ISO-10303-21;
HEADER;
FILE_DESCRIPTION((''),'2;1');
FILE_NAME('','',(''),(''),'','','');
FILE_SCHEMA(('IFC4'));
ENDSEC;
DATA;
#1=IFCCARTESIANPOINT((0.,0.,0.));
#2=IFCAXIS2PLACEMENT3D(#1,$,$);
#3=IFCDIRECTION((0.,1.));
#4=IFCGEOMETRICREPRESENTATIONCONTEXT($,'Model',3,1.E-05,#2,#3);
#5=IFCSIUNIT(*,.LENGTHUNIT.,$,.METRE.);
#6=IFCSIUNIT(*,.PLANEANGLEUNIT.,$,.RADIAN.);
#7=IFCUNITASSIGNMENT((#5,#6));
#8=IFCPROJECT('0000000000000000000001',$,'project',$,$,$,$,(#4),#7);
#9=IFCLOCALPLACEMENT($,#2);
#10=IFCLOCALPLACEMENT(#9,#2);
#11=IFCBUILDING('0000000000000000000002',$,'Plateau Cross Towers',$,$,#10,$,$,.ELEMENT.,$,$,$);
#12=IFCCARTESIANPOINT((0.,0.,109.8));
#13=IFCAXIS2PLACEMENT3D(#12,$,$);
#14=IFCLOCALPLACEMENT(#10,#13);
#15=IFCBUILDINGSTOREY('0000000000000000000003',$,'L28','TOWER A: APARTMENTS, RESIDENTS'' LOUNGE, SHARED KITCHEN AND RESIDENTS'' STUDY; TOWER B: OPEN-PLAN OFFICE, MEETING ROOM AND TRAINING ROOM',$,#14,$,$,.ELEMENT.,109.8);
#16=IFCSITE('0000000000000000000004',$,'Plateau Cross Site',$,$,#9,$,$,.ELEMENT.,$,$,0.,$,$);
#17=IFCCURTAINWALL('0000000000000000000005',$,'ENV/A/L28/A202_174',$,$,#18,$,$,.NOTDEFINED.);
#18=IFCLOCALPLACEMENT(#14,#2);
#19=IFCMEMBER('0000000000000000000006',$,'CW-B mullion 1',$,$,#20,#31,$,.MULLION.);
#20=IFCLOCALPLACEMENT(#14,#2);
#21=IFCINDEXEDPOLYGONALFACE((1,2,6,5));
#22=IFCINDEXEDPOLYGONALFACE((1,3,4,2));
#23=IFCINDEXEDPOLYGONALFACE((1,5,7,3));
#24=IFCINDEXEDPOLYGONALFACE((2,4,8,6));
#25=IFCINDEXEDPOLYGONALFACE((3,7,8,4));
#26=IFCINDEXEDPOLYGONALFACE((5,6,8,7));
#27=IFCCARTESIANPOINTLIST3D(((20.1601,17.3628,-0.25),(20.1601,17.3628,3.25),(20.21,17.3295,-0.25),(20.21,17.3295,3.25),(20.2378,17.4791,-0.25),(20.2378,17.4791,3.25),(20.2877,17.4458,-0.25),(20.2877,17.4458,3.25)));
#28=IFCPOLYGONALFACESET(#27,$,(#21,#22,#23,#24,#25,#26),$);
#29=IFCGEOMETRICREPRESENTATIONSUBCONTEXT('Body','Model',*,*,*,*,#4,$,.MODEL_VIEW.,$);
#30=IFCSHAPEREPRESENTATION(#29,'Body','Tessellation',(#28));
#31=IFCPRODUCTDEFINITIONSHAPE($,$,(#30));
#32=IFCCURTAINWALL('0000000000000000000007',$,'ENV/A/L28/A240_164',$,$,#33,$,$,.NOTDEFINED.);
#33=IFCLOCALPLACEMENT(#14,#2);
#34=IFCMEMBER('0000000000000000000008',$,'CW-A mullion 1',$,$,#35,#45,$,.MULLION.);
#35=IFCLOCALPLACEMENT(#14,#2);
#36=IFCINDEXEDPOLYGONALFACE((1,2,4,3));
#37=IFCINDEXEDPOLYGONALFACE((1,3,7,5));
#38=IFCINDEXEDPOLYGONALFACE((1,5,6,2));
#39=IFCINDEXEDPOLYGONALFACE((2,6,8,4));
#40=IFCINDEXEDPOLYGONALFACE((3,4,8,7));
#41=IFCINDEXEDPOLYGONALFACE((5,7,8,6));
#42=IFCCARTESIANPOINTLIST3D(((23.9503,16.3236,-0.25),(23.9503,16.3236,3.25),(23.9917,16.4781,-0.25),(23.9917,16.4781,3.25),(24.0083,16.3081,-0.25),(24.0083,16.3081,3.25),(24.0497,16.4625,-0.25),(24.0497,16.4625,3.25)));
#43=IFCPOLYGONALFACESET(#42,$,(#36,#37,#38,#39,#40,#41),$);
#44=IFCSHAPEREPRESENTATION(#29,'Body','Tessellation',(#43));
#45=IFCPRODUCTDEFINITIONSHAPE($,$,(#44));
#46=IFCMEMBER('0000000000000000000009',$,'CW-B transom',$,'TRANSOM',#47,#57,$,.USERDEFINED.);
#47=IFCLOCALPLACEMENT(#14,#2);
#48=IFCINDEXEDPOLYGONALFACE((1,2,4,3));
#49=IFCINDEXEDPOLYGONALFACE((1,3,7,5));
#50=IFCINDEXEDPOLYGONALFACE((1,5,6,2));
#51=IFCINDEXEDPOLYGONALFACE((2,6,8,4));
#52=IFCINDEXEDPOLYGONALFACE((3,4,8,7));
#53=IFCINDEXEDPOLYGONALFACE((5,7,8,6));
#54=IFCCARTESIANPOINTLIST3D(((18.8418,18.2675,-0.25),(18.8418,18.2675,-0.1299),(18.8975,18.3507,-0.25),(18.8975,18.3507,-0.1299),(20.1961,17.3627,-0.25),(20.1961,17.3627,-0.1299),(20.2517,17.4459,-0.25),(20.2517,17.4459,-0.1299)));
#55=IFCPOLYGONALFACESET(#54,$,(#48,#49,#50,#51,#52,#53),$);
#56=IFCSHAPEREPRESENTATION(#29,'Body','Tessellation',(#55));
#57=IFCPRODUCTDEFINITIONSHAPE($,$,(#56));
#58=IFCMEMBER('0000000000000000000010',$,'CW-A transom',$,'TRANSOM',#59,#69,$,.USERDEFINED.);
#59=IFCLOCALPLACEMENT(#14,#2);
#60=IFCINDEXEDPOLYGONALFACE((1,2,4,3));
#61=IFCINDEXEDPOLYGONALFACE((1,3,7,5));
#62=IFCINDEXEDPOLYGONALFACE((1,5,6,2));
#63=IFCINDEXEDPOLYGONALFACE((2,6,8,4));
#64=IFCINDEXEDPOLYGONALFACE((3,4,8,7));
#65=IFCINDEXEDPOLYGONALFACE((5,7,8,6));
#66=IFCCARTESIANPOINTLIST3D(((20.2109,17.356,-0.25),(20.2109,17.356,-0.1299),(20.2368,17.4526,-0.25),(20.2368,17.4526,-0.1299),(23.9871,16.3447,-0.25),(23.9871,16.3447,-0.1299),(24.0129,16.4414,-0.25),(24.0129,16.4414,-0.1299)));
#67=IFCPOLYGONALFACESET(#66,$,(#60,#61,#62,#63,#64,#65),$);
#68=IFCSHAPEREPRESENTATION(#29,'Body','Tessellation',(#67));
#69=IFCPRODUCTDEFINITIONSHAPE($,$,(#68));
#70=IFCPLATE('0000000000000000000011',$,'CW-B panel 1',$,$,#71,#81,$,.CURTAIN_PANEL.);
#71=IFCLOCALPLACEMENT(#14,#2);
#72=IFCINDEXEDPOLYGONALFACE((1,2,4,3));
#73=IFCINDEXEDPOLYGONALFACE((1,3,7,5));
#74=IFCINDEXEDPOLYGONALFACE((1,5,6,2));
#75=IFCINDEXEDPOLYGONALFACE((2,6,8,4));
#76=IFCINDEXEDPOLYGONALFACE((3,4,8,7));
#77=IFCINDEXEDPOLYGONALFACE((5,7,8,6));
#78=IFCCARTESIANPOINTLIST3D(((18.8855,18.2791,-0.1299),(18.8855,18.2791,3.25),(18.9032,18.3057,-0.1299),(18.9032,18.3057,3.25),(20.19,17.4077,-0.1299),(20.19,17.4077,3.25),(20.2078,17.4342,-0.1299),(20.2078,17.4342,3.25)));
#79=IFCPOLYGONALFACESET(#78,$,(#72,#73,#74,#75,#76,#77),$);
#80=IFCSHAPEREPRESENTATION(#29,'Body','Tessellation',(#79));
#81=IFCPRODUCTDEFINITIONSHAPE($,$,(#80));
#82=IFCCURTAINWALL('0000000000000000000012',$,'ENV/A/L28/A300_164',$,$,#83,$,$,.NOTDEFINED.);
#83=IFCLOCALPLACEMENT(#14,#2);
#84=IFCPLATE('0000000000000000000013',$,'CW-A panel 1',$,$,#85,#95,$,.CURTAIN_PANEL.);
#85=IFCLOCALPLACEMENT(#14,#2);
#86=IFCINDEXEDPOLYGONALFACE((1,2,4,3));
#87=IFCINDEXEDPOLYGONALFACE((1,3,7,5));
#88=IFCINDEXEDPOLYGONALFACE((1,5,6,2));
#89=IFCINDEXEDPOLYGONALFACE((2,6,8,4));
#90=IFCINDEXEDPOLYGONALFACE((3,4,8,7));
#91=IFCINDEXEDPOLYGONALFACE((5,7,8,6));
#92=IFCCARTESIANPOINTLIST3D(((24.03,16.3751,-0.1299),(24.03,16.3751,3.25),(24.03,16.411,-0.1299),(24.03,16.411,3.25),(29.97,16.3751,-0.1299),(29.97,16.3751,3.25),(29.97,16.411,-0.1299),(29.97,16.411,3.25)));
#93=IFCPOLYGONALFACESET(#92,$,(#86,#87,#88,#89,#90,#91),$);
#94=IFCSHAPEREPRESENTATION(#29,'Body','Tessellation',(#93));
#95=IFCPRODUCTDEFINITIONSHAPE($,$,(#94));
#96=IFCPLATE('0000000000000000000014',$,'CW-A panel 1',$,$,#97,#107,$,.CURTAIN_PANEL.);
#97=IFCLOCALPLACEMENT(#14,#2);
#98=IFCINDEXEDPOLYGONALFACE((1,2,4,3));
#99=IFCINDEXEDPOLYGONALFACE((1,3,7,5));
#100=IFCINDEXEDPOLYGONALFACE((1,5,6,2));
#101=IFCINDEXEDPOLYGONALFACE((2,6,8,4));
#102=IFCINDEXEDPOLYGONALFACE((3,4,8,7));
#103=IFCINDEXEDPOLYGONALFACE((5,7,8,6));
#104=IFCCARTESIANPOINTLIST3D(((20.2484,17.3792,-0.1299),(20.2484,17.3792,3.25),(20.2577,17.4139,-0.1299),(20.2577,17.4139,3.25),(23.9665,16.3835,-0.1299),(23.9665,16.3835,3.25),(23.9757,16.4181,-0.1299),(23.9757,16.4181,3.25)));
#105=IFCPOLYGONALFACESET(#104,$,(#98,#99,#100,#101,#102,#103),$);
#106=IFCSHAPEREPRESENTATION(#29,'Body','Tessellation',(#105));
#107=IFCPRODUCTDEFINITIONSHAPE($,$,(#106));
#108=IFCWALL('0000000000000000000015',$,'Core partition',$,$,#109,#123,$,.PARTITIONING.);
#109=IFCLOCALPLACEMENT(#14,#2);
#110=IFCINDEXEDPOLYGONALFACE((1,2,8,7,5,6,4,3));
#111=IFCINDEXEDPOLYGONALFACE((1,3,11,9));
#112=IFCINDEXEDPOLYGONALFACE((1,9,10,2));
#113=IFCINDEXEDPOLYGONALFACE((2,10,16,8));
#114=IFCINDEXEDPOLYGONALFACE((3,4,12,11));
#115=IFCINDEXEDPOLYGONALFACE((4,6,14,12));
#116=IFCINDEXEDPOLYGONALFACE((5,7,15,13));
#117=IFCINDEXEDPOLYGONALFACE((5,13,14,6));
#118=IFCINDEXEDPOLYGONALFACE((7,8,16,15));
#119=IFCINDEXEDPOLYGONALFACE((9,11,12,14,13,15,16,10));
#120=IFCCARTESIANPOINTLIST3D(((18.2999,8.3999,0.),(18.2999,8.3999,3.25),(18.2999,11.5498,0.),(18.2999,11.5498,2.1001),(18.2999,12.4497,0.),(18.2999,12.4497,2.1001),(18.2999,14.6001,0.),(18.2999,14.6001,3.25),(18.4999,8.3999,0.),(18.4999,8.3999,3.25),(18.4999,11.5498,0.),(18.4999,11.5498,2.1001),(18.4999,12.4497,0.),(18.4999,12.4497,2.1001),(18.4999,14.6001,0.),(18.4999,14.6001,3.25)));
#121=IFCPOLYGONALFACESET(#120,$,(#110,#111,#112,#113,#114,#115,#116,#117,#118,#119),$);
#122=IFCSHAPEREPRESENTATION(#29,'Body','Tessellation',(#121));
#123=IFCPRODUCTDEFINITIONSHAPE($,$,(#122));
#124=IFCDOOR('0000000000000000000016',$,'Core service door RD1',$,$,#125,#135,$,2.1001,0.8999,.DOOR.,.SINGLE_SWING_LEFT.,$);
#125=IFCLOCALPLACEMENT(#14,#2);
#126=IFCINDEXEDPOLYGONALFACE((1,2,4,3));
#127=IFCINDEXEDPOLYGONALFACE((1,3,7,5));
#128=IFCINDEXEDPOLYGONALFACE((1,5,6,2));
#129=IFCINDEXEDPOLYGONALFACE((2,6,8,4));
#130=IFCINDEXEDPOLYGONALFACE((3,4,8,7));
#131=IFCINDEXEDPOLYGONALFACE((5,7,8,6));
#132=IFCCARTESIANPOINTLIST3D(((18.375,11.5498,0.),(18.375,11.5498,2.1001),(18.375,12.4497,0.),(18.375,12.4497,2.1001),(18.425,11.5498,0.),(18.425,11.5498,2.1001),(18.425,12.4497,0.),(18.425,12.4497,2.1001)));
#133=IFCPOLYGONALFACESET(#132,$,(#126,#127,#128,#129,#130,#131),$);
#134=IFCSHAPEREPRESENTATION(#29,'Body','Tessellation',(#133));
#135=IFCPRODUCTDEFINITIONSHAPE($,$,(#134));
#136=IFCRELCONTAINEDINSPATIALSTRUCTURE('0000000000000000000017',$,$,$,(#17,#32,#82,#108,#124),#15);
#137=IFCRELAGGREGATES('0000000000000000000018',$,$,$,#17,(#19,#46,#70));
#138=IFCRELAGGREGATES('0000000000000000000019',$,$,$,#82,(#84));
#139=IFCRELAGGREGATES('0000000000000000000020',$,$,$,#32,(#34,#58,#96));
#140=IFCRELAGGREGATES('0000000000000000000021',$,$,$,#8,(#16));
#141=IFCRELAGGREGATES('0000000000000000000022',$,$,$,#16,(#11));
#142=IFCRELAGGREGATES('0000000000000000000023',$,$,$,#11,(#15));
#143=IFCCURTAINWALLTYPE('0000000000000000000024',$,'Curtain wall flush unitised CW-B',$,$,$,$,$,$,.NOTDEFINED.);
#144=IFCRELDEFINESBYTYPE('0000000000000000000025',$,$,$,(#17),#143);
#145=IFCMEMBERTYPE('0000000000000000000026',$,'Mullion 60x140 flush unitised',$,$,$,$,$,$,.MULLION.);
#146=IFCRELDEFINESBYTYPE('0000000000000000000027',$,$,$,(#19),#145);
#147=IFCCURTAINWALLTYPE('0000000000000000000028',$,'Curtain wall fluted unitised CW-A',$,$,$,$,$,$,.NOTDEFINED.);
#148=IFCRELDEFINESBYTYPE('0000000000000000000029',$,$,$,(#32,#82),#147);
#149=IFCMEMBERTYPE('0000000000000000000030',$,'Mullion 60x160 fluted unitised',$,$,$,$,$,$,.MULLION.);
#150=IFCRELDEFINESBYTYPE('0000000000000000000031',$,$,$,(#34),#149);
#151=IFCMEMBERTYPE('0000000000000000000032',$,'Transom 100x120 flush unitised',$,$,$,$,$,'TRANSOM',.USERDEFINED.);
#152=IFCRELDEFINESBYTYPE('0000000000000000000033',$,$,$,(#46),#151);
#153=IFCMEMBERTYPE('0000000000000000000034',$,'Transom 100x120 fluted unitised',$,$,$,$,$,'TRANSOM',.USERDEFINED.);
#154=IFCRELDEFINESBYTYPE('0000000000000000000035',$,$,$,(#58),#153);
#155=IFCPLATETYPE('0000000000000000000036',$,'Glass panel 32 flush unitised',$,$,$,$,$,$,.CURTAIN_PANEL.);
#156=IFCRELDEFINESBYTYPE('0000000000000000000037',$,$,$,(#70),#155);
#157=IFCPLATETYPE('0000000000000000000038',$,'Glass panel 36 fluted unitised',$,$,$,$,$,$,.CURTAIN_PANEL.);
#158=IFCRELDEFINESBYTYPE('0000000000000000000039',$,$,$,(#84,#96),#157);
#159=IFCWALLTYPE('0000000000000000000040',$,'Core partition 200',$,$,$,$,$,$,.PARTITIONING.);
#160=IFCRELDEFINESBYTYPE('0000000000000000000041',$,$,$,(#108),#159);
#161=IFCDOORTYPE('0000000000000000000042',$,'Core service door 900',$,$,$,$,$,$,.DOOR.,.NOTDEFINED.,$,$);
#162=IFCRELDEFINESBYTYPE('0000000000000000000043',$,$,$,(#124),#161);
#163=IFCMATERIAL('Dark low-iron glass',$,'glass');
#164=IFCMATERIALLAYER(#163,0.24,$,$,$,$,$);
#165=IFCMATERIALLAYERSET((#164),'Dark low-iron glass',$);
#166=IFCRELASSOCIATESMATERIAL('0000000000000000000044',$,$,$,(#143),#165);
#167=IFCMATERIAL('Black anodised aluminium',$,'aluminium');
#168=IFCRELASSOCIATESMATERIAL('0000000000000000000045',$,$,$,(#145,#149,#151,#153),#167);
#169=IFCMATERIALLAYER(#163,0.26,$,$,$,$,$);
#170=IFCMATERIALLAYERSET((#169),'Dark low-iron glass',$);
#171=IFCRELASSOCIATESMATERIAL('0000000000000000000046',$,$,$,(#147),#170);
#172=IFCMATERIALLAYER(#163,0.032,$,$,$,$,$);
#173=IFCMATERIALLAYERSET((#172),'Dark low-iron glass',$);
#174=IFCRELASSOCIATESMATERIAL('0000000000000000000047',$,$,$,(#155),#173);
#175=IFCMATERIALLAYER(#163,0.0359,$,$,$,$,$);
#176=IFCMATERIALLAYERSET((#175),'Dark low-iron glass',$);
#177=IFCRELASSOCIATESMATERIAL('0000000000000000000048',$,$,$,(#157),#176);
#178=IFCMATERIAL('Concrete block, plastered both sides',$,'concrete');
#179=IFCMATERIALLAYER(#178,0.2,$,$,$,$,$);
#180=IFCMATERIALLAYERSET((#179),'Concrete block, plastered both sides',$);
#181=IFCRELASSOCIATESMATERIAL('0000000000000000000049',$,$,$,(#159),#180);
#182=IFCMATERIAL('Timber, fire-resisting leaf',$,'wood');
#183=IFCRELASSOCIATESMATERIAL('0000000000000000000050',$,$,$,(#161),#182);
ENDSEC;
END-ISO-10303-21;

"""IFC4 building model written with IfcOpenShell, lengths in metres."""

from ifc_helpers import new_model, si_unit, direction, frame, frame_2d, origin, origin_2d, place, context, subcontext, project, spatial, rectangle, extrude, material, layer, layer_set, material_profile, profile_set, type_object, element, fill, aggregate, save


model = new_model("IFC4")

# Units and contexts
model_context = context("Model", 3, precision=1e-05, world=origin(), true_north=direction((0.0, 1.0)))
body_context = subcontext(model_context, "Body", "Model", "MODEL_VIEW")
ifc_project = project(units=[si_unit("LENGTHUNIT", "METRE"), si_unit("PLANEANGLEUNIT", "RADIAN")], contexts=[model_context])

# Site, building, storey
site_placement = place(None, origin())
site = spatial("IfcSite", under=ifc_project, at=site_placement, Name="Plateau Cross Site", CompositionType="ELEMENT", RefElevation=0.0)
building_placement = place(site_placement, origin())
building = spatial("IfcBuilding", under=site, at=building_placement, Name="Plateau Cross Towers", CompositionType="ELEMENT")
storey_placement = place(building_placement, frame((0.0, 0.0, 109.8)))
storey = spatial("IfcBuildingStorey", under=building, at=storey_placement, Name="L28", Description="TOWER A: APARTMENTS, RESIDENTS' LOUNGE, SHARED KITCHEN AND RESIDENTS' STUDY; TOWER B: OPEN-PLAN OFFICE, MEETING ROOM AND TRAINING ROOM", CompositionType="ELEMENT", Elevation=109.8)

# Curtain walls, members
ifc_material_1 = material(Name="Dark low-iron glass", Category="glass")
ifc_layer_1 = layer(ifc_material_1, 0.24)
ifc_layer_set_1 = layer_set([ifc_layer_1], Name="Dark low-iron glass")
curtain_wall_type_1 = type_object("IfcCurtainWallType", Name="Curtain wall flush unitised CW-B", PredefinedType="NOTDEFINED", material=ifc_layer_set_1)
curtain_wall_1_placement = place(storey_placement, origin())
curtain_wall_1 = element("IfcCurtainWall", 1, at=curtain_wall_1_placement, inside=storey, type_object=curtain_wall_type_1, Name="ENV/A/L28/A202_174", PredefinedType="NOTDEFINED")
ifc_material_2 = material(Name="Black anodised aluminium", Category="aluminium")
ifc_material_profile_1 = material_profile(ifc_material_2, rectangle(XDim=0.0601, YDim=0.1399, at=origin_2d()), Name="MULLION 60x140")
ifc_profile_set_1 = profile_set([ifc_material_profile_1], Name="Black anodised aluminium")
member_type_1 = type_object("IfcMemberType", Name="Mullion 60x140 flush unitised", PredefinedType="MULLION", material=ifc_profile_set_1)
member_1_placement = place(storey_placement, frame((20.2239, 17.4043, -0.25), z_axis=(0.0, 0.0, 1.0), x_axis=(-0.831521, 0.555493, 0.0)))
member_1 = element("IfcMember", 2, at=member_1_placement, type_object=member_type_1, Name="CW-B mullion 1", PredefinedType="MULLION", context=body_context, shape_type="SweptSolid", body=[
    extrude(rectangle(XDim=0.0601, YDim=0.1399, at=origin_2d()), origin(), (0.0, 0.0, 1.0), 3.5),
])
ifc_layer_2 = layer(ifc_material_1, 0.26)
ifc_layer_set_2 = layer_set([ifc_layer_2], Name="Dark low-iron glass")
curtain_wall_type_2 = type_object("IfcCurtainWallType", Name="Curtain wall fluted unitised CW-A", PredefinedType="NOTDEFINED", material=ifc_layer_set_2)
curtain_wall_2_placement = place(storey_placement, origin())
curtain_wall_2 = element("IfcCurtainWall", 3, at=curtain_wall_2_placement, inside=storey, type_object=curtain_wall_type_2, Name="ENV/A/L28/A240_164", PredefinedType="NOTDEFINED")
ifc_material_profile_2 = material_profile(ifc_material_2, rectangle(XDim=0.0601, YDim=0.1599, at=origin_2d()), Name="MULLION 60x160")
ifc_profile_set_2 = profile_set([ifc_material_profile_2], Name="Black anodised aluminium")
member_type_2 = type_object("IfcMemberType", Name="Mullion 60x160 fluted unitised", PredefinedType="MULLION", material=ifc_profile_set_2)
member_2_placement = place(storey_placement, frame((24.0, 16.3931, -0.25), z_axis=(0.0, 0.0, 1.0), x_axis=(-0.965958, 0.258699, 0.0)))
member_2 = element("IfcMember", 4, at=member_2_placement, type_object=member_type_2, Name="CW-A mullion 1", PredefinedType="MULLION", context=body_context, shape_type="SweptSolid", body=[
    extrude(rectangle(XDim=0.0601, YDim=0.1599, at=origin_2d()), origin(), (0.0, 0.0, 1.0), 3.5),
])

# Members
ifc_material_profile_3 = material_profile(ifc_material_2, rectangle(XDim=0.1001, YDim=0.1201, at=origin_2d()), Name="TRANSOM 100x120")
ifc_profile_set_3 = profile_set([ifc_material_profile_3], Name="Black anodised aluminium")
member_type_3 = type_object("IfcMemberType", Name="Transom 100x120 flush unitised", ElementType="TRANSOM", PredefinedType="USERDEFINED", material=ifc_profile_set_3)
member_3_placement = place(storey_placement, frame((20.2239, 17.4043, -0.1899), z_axis=(-0.831496, 0.55553, 0.0), x_axis=(-0.55553, -0.831496, 0.0)))
member_3 = element("IfcMember", 5, at=member_3_placement, type_object=member_type_3, Name="CW-B transom", ObjectType="TRANSOM", PredefinedType="USERDEFINED", context=body_context, shape_type="SweptSolid", body=[
    extrude(rectangle(XDim=0.1001, YDim=0.1201, at=origin_2d()), origin(), (0.0, 0.0, 1.0), 1.6287),
])
ifc_material_profile_4 = material_profile(ifc_material_2, rectangle(XDim=0.1001, YDim=0.1201, at=origin_2d()), Name="TRANSOM 100x120")
ifc_profile_set_4 = profile_set([ifc_material_profile_4], Name="Black anodised aluminium")
member_type_4 = type_object("IfcMemberType", Name="Transom 100x120 fluted unitised", ElementType="TRANSOM", PredefinedType="USERDEFINED", material=ifc_profile_set_4)
member_4_placement = place(storey_placement, frame((24.0, 16.3931, -0.1899), z_axis=(-0.965963, 0.258681, 0.0), x_axis=(-0.258681, -0.965963, 0.0)))
member_4 = element("IfcMember", 6, at=member_4_placement, type_object=member_type_4, Name="CW-A transom", ObjectType="TRANSOM", PredefinedType="USERDEFINED", context=body_context, shape_type="SweptSolid", body=[
    extrude(rectangle(XDim=0.1001, YDim=0.1201, at=origin_2d()), origin(), (0.0, 0.0, 1.0), 3.9092),
])

# Plate
ifc_layer_3 = layer(ifc_material_1, 0.032)
ifc_layer_set_3 = layer_set([ifc_layer_3], Name="Dark low-iron glass")
plate_type_1 = type_object("IfcPlateType", Name="Glass panel 32 flush unitised", PredefinedType="CURTAIN_PANEL", material=ifc_layer_set_3)
plate_1_placement = place(storey_placement, frame((19.5466, 17.8567, -0.1299), z_axis=(0.0, 0.0, 1.0), x_axis=(-0.831521, 0.555493, 0.0)))
plate_1 = element("IfcPlate", 7, at=plate_1_placement, type_object=plate_type_1, Name="CW-B panel 1", PredefinedType="CURTAIN_PANEL", context=body_context, shape_type="SweptSolid", body=[
    extrude(rectangle(XDim=1.5688, YDim=0.032, at=origin_2d()), origin(), (0.0, 0.0, 1.0), 3.3799),
])
aggregate(curtain_wall_1, [member_1, member_3, plate_1])

# Curtain wall, plate
curtain_wall_3_placement = place(storey_placement, origin())
curtain_wall_3 = element("IfcCurtainWall", 8, at=curtain_wall_3_placement, inside=storey, type_object=curtain_wall_type_2, Name="ENV/A/L28/A300_164", PredefinedType="NOTDEFINED")
ifc_layer_4 = layer(ifc_material_1, 0.0359)
ifc_layer_set_4 = layer_set([ifc_layer_4], Name="Dark low-iron glass")
plate_type_2 = type_object("IfcPlateType", Name="Glass panel 36 fluted unitised", PredefinedType="CURTAIN_PANEL", material=ifc_layer_set_4)
plate_2_placement = place(storey_placement, frame((27.0, 16.3931, -0.1299), z_axis=(0.0, 0.0, 1.0), x_axis=(-1.0, 0.0, 0.0)))
plate_2 = element("IfcPlate", 9, at=plate_2_placement, type_object=plate_type_2, Name="CW-A panel 1", PredefinedType="CURTAIN_PANEL", context=body_context, shape_type="SweptSolid", body=[
    extrude(rectangle(XDim=5.9399, YDim=0.0359, at=origin_2d()), origin(), (0.0, 0.0, 1.0), 3.3799),
])
aggregate(curtain_wall_3, [plate_2])

# Plate
plate_3_placement = place(storey_placement, frame((22.1121, 16.8987, -0.1299), z_axis=(0.0, 0.0, 1.0), x_axis=(-0.965958, 0.258699, 0.0)))
plate_3 = element("IfcPlate", 10, at=plate_3_placement, type_object=plate_type_2, Name="CW-A panel 1", PredefinedType="CURTAIN_PANEL", context=body_context, shape_type="SweptSolid", body=[
    extrude(rectangle(XDim=3.8491, YDim=0.0359, at=origin_2d()), origin(), (0.0, 0.0, 1.0), 3.3799),
])
aggregate(curtain_wall_2, [member_2, member_4, plate_3])

# Wall, opening, door
ifc_material_3 = material(Name="Concrete block, plastered both sides", Category="concrete")
ifc_layer_5 = layer(ifc_material_3, 0.2)
ifc_layer_set_5 = layer_set([ifc_layer_5], Name="Concrete block, plastered both sides")
wall_type_1 = type_object("IfcWallType", Name="Core partition 200", PredefinedType="PARTITIONING", material=ifc_layer_set_5)
wall_1_placement = place(storey_placement, frame((18.3999, 8.3999, 0.0), z_axis=(0.0, 0.0, 1.0), x_axis=(0.0, 1.0, 0.0)))
wall_1 = element("IfcWall", 11, at=wall_1_placement, inside=storey, type_object=wall_type_1, Name="Core partition", PredefinedType="PARTITIONING", context=body_context, shape_type="SweptSolid", body=[
    extrude(rectangle(XDim=6.2002, YDim=0.2, at=frame_2d((3.1001, 0.0))), origin(), (0.0, 0.0, 1.0), 3.25),
])
opening_1_placement = place(wall_1_placement, frame((3.1499, 0.0, 0.0)))
opening_1 = element("IfcOpeningElement", 12, at=opening_1_placement, cuts=wall_1, PredefinedType="OPENING", context=body_context, shape_type="SweptSolid", body=[
    extrude(rectangle(XDim=0.8999, YDim=2.1001, at=frame_2d((0.45, 1.05))), frame((0.0, 0.1099, 0.0), z_axis=(0.0, -1.0, 0.0), x_axis=(1.0, 0.0, 0.0)), (0.0, 0.0, 1.0), 0.22),
])
ifc_material_4 = material(Name="Timber, fire-resisting leaf", Category="wood")
door_type_1 = type_object("IfcDoorType", Name="Core service door 900", OperationType="NOTDEFINED", PredefinedType="DOOR", material=ifc_material_4)
door_1_placement = place(opening_1_placement, origin())
door_1 = element("IfcDoor", 13, at=door_1_placement, inside=storey, type_object=door_type_1, Name="Core service door RD1", OperationType="SINGLE_SWING_LEFT", OverallHeight=2.1001, OverallWidth=0.8999, PredefinedType="DOOR", context=body_context, shape_type="SweptSolid", body=[
    extrude(rectangle(XDim=0.8999, YDim=2.1001, at=frame_2d((0.45, 1.05))), frame((0.0, 0.0249, 0.0), z_axis=(0.0, -1.0, 0.0), x_axis=(1.0, 0.0, 0.0)), (0.0, 0.0, 1.0), 0.05),
])
fill(opening_1, door_1)

save(model, "model.ifc")
